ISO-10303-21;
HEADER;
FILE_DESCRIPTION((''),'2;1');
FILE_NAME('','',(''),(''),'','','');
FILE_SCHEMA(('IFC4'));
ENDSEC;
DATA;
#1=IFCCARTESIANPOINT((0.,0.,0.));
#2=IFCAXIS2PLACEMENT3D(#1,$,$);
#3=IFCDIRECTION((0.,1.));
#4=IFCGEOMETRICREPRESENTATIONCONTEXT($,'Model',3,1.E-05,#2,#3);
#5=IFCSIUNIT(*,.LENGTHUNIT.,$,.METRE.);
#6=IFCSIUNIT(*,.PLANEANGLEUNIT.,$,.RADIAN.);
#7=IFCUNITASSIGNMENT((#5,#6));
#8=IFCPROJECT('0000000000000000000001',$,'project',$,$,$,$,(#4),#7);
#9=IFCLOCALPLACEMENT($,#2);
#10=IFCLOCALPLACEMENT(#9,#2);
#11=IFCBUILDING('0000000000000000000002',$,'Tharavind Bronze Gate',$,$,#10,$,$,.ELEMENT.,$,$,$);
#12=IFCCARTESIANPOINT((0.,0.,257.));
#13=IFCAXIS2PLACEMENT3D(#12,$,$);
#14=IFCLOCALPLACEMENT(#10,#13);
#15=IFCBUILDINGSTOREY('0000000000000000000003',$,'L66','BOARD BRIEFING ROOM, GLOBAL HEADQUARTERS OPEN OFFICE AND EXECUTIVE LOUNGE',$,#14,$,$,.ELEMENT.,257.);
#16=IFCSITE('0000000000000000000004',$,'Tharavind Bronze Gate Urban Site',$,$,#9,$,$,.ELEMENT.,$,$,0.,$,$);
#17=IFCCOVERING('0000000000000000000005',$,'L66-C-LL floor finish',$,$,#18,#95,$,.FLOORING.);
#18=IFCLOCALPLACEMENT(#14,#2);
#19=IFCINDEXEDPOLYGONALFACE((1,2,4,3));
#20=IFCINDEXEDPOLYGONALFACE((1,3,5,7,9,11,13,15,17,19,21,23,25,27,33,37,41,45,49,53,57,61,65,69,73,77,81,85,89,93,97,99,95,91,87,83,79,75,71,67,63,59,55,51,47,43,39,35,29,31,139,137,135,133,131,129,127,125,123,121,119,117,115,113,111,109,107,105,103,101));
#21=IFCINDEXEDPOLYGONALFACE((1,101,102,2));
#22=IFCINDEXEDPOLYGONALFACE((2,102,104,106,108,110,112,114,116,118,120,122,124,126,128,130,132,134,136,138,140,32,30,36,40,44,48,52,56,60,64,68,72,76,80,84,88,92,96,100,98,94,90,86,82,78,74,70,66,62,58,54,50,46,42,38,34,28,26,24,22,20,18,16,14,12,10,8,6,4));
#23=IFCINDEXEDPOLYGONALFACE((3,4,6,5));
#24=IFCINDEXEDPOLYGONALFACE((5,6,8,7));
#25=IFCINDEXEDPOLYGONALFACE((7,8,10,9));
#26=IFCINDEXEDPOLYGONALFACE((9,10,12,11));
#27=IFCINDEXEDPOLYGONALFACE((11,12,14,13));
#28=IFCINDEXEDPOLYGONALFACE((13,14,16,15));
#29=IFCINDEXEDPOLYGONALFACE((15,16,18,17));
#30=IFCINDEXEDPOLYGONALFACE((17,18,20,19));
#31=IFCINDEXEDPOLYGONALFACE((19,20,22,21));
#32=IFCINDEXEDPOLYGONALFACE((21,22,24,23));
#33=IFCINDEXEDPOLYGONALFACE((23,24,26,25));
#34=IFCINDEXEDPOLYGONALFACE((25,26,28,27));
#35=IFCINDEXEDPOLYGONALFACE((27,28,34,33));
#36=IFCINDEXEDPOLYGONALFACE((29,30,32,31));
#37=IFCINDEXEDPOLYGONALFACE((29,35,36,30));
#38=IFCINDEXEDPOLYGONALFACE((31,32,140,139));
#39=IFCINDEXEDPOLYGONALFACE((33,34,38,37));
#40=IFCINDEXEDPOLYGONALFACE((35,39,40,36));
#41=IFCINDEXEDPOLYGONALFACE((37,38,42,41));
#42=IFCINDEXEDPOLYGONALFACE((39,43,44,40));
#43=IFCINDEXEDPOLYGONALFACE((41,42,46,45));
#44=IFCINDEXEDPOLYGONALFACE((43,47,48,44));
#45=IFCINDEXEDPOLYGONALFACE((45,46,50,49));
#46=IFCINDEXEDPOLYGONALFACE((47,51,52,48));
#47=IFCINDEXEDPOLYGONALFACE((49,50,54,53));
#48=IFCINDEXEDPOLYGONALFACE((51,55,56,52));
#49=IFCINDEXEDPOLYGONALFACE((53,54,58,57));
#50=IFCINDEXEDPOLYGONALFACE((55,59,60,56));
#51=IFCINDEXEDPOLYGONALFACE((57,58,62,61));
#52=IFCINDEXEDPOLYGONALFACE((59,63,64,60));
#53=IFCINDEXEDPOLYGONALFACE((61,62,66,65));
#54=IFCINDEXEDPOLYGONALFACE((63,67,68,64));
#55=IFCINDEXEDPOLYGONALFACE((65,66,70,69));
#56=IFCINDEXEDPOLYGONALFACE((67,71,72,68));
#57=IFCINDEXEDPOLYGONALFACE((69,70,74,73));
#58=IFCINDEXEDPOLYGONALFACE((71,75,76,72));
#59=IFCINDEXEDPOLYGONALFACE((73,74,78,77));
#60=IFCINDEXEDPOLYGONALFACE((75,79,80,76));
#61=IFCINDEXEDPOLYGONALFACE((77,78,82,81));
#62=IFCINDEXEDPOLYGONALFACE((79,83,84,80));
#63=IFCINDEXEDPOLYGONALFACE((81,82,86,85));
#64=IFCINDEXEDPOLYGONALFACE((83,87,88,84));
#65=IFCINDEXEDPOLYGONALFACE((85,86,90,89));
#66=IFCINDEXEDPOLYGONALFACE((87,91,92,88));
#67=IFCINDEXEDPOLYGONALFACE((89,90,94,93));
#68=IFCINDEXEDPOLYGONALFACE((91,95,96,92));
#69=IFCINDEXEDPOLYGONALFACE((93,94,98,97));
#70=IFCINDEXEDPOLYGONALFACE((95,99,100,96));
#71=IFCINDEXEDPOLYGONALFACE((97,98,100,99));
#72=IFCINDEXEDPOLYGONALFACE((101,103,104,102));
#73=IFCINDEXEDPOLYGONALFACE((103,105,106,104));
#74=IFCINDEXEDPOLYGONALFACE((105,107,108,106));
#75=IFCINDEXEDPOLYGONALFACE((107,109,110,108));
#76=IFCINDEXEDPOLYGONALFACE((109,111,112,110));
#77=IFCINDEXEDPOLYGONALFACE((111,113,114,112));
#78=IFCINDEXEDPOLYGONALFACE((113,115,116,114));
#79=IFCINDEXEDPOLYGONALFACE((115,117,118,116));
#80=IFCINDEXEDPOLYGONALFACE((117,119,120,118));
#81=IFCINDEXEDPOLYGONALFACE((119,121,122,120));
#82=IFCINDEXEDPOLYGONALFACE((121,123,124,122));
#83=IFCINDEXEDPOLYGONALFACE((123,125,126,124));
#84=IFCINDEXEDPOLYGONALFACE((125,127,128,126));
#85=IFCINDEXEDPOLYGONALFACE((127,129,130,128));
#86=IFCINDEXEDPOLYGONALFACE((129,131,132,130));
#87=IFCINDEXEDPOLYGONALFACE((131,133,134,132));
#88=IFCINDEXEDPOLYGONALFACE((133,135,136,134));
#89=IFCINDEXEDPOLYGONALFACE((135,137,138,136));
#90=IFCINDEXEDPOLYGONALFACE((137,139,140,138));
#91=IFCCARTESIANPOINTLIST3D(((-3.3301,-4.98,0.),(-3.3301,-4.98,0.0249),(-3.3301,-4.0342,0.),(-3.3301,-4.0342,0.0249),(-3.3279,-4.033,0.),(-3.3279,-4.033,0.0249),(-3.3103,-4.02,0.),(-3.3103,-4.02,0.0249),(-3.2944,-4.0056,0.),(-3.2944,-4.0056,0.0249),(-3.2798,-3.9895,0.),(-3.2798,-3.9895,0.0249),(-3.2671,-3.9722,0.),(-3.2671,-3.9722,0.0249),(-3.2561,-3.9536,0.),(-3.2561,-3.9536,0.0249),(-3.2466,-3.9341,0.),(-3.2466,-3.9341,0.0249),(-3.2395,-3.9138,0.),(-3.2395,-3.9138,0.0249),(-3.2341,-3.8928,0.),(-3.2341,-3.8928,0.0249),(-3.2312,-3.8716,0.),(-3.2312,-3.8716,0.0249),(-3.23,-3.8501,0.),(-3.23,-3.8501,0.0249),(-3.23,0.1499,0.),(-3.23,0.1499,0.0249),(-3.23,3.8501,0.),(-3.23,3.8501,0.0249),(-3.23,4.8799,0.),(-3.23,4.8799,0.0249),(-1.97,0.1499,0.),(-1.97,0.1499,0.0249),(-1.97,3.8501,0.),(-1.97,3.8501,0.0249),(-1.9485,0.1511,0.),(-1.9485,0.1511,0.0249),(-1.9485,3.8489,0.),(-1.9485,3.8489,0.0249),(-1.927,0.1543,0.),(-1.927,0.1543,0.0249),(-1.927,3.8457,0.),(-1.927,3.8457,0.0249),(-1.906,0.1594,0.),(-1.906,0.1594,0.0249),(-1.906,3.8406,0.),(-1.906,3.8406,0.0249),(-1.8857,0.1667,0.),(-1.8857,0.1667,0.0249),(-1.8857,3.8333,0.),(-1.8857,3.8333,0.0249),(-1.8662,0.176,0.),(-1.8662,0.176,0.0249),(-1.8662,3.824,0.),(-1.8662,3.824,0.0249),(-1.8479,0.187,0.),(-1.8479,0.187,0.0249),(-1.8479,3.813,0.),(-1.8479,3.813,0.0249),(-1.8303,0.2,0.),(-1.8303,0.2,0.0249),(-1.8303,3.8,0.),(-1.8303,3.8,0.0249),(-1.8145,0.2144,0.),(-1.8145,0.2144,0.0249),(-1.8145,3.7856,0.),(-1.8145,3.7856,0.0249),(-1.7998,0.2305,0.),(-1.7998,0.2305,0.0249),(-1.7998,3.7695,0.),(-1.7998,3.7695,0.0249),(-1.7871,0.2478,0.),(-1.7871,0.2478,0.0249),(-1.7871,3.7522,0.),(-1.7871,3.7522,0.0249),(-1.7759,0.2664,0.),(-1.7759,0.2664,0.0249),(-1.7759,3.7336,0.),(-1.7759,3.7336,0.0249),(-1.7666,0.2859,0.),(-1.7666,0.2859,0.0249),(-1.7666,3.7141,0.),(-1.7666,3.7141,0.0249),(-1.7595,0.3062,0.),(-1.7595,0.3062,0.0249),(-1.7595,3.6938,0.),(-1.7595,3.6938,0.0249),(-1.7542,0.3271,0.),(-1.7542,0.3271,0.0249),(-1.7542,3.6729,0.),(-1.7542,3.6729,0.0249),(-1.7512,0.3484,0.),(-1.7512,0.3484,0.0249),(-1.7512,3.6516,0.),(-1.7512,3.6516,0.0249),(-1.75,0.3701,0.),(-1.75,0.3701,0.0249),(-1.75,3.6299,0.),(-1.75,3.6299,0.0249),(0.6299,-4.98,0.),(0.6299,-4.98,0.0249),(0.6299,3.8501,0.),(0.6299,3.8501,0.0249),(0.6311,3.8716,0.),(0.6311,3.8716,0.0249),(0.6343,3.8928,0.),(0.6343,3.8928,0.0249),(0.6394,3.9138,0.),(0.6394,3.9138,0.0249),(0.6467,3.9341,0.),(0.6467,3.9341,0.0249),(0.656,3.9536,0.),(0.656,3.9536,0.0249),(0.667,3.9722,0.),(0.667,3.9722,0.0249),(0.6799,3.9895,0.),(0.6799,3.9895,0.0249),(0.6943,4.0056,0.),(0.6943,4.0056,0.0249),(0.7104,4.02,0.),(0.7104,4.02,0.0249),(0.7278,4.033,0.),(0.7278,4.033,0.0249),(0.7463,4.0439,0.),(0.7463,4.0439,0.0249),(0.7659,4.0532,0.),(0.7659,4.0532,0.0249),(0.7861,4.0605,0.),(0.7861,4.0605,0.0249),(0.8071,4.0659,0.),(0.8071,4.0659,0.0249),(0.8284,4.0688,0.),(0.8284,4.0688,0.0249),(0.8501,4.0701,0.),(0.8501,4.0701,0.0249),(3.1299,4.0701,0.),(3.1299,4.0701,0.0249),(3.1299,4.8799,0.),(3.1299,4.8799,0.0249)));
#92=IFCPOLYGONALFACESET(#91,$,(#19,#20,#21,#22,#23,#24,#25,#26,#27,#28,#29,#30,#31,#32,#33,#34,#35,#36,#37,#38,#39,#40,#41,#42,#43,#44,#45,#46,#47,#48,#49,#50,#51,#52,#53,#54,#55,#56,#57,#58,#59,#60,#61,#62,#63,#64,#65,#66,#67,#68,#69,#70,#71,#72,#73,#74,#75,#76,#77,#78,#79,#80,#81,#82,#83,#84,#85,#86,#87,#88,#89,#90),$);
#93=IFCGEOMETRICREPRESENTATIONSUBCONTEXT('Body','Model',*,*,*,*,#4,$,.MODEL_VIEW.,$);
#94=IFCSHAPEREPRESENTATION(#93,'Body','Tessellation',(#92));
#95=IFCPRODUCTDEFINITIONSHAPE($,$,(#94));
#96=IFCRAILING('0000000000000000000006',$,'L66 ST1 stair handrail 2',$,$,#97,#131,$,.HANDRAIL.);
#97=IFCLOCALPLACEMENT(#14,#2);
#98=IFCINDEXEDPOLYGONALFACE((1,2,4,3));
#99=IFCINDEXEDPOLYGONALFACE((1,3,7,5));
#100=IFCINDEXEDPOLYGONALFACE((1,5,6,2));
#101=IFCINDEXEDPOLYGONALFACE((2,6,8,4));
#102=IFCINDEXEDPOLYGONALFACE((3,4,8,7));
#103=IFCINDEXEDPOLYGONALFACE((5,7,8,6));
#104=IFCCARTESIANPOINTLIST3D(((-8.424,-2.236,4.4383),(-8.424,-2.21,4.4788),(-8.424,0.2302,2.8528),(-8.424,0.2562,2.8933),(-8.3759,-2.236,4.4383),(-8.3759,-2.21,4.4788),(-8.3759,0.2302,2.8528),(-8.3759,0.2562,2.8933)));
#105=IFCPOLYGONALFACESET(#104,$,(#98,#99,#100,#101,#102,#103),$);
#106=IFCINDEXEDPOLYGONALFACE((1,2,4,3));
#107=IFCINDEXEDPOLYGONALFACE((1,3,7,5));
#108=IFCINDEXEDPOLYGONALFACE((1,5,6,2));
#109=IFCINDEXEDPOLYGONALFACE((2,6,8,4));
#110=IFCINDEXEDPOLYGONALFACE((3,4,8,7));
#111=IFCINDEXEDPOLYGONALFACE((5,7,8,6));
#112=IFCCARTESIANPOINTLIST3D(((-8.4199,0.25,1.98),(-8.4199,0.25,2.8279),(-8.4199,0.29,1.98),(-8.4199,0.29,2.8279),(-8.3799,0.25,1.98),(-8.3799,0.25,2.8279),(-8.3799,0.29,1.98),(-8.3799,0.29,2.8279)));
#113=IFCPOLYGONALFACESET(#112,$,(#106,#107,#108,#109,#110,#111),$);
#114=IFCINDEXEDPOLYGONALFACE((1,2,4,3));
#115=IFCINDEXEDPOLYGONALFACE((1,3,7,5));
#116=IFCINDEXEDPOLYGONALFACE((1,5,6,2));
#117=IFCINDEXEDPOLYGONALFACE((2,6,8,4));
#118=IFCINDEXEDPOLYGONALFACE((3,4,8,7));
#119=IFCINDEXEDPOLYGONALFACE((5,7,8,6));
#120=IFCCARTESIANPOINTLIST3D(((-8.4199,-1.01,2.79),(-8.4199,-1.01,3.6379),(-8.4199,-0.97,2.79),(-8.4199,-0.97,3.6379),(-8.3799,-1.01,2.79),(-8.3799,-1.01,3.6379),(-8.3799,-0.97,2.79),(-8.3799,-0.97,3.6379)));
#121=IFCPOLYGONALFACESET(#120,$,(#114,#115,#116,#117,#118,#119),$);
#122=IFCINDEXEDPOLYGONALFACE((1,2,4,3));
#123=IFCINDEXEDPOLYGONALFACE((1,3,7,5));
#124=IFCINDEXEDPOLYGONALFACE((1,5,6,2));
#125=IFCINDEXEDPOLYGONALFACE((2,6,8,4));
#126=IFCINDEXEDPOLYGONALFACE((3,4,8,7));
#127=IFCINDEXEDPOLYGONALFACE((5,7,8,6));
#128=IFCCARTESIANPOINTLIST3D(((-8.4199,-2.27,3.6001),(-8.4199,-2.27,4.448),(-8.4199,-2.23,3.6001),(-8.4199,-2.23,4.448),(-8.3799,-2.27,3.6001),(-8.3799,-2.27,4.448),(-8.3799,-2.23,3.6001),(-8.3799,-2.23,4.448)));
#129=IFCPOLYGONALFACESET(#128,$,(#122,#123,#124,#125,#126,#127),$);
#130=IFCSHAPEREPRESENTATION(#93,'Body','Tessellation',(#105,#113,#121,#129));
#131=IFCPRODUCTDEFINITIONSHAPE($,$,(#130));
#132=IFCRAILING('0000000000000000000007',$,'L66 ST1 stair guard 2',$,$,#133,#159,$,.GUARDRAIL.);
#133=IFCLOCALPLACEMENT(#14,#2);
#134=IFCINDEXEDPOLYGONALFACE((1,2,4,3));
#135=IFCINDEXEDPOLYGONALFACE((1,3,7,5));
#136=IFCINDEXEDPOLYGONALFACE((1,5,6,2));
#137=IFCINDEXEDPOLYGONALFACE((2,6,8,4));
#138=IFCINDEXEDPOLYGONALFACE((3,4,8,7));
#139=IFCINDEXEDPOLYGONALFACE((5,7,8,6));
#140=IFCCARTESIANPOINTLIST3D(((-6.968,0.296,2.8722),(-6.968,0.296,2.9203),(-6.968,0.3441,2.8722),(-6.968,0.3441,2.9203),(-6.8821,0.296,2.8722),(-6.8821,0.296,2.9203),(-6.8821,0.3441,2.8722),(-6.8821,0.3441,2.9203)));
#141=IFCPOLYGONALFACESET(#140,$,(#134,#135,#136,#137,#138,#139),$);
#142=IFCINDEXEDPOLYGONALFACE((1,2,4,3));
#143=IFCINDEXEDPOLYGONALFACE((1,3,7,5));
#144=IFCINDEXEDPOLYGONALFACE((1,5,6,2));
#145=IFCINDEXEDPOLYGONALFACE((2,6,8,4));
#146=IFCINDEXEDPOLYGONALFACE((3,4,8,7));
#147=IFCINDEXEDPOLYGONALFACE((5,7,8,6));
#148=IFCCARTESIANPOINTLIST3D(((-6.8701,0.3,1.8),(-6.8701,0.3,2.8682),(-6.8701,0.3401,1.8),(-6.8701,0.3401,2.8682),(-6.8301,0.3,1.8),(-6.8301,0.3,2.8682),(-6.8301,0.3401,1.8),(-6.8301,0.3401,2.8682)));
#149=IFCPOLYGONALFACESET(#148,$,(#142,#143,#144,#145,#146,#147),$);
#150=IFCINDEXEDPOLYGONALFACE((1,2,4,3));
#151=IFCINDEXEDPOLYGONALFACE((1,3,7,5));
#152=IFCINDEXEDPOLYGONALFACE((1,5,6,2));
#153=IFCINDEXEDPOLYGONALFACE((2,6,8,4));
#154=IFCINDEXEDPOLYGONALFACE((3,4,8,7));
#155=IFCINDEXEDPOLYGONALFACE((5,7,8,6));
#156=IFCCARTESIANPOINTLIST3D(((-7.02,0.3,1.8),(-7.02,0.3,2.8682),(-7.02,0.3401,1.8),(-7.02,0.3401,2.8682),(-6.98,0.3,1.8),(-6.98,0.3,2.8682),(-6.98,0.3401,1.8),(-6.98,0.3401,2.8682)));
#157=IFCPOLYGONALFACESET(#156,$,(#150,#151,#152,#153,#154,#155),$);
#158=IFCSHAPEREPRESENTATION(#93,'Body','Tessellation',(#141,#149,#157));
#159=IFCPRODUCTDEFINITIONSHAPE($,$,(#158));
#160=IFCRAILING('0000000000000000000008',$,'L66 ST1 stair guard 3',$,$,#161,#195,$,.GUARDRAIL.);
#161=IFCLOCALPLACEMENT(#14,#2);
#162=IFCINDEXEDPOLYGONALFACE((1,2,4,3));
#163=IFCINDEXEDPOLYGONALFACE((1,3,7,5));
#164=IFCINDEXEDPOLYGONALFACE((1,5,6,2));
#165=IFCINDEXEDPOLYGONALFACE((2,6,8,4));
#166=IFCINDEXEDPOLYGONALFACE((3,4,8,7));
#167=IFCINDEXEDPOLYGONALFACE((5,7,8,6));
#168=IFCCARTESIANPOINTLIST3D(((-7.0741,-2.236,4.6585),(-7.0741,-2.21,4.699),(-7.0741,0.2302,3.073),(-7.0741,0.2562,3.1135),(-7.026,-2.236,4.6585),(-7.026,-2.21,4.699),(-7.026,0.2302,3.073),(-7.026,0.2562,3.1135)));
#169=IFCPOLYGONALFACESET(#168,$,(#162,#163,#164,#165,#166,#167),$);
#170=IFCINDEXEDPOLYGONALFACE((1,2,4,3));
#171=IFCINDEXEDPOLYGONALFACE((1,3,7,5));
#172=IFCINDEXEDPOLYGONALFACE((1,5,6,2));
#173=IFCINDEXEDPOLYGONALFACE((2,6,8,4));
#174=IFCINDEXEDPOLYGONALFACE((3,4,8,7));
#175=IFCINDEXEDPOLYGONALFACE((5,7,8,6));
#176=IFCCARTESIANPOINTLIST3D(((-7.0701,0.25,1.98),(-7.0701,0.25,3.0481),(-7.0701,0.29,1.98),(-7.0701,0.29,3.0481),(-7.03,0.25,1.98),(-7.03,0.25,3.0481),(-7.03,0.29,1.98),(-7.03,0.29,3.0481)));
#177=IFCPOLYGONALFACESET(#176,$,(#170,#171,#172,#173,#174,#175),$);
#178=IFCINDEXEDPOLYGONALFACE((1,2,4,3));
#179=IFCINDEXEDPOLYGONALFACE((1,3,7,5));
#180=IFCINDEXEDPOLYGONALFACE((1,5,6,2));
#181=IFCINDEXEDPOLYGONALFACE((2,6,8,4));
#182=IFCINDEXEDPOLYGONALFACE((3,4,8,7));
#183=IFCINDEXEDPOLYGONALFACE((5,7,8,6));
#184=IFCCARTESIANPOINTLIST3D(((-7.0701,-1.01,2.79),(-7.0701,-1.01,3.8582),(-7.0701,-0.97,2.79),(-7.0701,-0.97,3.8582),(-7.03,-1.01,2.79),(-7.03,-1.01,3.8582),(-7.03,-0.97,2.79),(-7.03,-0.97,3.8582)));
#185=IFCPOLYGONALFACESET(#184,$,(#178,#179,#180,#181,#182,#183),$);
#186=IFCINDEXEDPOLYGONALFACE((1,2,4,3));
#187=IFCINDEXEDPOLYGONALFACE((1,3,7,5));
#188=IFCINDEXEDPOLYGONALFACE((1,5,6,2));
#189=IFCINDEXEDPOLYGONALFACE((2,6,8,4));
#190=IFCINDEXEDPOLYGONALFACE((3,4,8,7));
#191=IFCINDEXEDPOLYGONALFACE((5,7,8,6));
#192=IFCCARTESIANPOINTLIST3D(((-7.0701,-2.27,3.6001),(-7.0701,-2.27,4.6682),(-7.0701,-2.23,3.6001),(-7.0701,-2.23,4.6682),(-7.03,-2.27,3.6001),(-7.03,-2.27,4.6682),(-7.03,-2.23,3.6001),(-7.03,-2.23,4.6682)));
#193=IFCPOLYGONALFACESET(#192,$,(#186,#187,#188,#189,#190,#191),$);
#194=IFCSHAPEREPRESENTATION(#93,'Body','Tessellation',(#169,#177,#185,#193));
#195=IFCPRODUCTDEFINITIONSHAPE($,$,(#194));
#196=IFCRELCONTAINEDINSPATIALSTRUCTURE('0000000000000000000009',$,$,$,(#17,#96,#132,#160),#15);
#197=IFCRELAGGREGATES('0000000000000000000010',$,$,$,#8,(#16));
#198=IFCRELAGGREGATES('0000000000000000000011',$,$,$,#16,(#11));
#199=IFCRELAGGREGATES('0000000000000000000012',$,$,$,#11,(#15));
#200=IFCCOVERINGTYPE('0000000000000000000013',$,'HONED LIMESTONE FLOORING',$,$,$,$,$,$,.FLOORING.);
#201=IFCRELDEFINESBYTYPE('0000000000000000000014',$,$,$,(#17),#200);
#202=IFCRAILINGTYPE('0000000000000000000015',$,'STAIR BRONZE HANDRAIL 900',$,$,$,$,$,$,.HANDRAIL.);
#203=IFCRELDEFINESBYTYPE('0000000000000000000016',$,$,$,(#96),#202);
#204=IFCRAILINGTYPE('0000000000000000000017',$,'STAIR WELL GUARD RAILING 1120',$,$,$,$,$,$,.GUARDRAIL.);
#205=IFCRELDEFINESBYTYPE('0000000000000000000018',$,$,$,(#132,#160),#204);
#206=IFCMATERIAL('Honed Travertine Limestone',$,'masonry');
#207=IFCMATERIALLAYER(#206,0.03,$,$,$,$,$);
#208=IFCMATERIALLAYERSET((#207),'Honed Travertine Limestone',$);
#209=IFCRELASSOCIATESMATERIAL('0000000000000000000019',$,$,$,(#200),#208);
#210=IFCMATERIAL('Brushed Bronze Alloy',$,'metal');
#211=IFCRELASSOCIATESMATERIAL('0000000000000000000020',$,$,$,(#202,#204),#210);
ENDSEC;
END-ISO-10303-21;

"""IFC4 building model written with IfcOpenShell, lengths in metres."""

from ifc_helpers import new_model, si_unit, direction, frame, origin, origin_2d, place, context, subcontext, project, spatial, polyline, rectangle, outline, extrude, material, layer, layer_set, type_object, element, save


model = new_model("IFC4")

# Units and contexts
model_context = context("Model", 3, precision=1e-05, world=origin(), true_north=direction((0.0, 1.0)))
body_context = subcontext(model_context, "Body", "Model", "MODEL_VIEW")
ifc_project = project(units=[si_unit("LENGTHUNIT", "METRE"), si_unit("PLANEANGLEUNIT", "RADIAN")], contexts=[model_context])

# Site, building, storey
site_placement = place(None, origin())
site = spatial("IfcSite", under=ifc_project, at=site_placement, Name="Tharavind Bronze Gate Urban Site", CompositionType="ELEMENT", RefElevation=0.0)
building_placement = place(site_placement, origin())
building = spatial("IfcBuilding", under=site, at=building_placement, Name="Tharavind Bronze Gate", CompositionType="ELEMENT")
storey_placement = place(building_placement, frame((0.0, 0.0, 257.0)))
storey = spatial("IfcBuildingStorey", under=building, at=storey_placement, Name="L66", Description="BOARD BRIEFING ROOM, GLOBAL HEADQUARTERS OPEN OFFICE AND EXECUTIVE LOUNGE", CompositionType="ELEMENT", Elevation=257.0)

# Covering
ifc_material_1 = material(Name="Honed Travertine Limestone", Category="masonry")
ifc_layer_1 = layer(ifc_material_1, 0.03)
ifc_layer_set_1 = layer_set([ifc_layer_1], Name="Honed Travertine Limestone")
covering_type_1 = type_object("IfcCoveringType", Name="HONED LIMESTONE FLOORING", PredefinedType="FLOORING", material=ifc_layer_set_1)
covering_1_placement = place(storey_placement, origin())
element("IfcCovering", 1, at=covering_1_placement, inside=storey, type_object=covering_type_1, Name="L66-C-LL floor finish", PredefinedType="FLOORING", context=body_context, shape_type="SweptSolid", body=[
    extrude(outline(polyline([(-3.3301, -4.98), (0.6299, -4.98), (0.6299, 3.8501), (0.6311, 3.8716), (0.6343, 3.8928), (0.6394, 3.9138), (0.6467, 3.9341), (0.656, 3.9536), (0.667, 3.9722), (0.6799, 3.9895), (0.6943, 4.0056), (0.7104, 4.02), (0.7278, 4.033), (0.7463, 4.0439), (0.7659, 4.0532), (0.7861, 4.0605), (0.8071, 4.0659), (0.8284, 4.0688), (0.8501, 4.0701), (3.1299, 4.0701), (3.1299, 4.8799), (-3.23, 4.8799), (-3.23, 3.8501), (-1.97, 3.8501), (-1.9485, 3.8489), (-1.927, 3.8457), (-1.906, 3.8406), (-1.8857, 3.8333), (-1.8662, 3.824), (-1.8479, 3.813), (-1.8303, 3.8), (-1.8145, 3.7856), (-1.7998, 3.7695), (-1.7871, 3.7522), (-1.7759, 3.7336), (-1.7666, 3.7141), (-1.7595, 3.6938), (-1.7542, 3.6729), (-1.7512, 3.6516), (-1.75, 3.6299), (-1.75, 0.3701), (-1.7512, 0.3484), (-1.7542, 0.3271), (-1.7595, 0.3062), (-1.7666, 0.2859), (-1.7759, 0.2664), (-1.7871, 0.2478), (-1.7998, 0.2305), (-1.8145, 0.2144), (-1.8303, 0.2), (-1.8479, 0.187), (-1.8662, 0.176), (-1.8857, 0.1667), (-1.906, 0.1594), (-1.927, 0.1543), (-1.9485, 0.1511), (-1.97, 0.1499), (-3.23, 0.1499), (-3.23, -3.8501), (-3.2312, -3.8716), (-3.2341, -3.8928), (-3.2395, -3.9138), (-3.2466, -3.9341), (-3.2561, -3.9536), (-3.2671, -3.9722), (-3.2798, -3.9895), (-3.2944, -4.0056), (-3.3103, -4.02), (-3.3279, -4.033), (-3.3301, -4.0342), (-3.3301, -4.98)])), origin(), (0.0, 0.0, 1.0), 0.0249),
])

# Railings
ifc_material_2 = material(Name="Brushed Bronze Alloy", Category="metal")
railing_type_1 = type_object("IfcRailingType", Name="STAIR BRONZE HANDRAIL 900", PredefinedType="HANDRAIL", material=ifc_material_2)
railing_1_placement = place(storey_placement, frame((-8.3999, 0.27, 1.98)))
element("IfcRailing", 2, at=railing_1_placement, inside=storey, type_object=railing_type_1, Name="L66 ST1 stair handrail 2", PredefinedType="HANDRAIL", context=body_context, shape_type="SweptSolid", body=[
    extrude(rectangle(XDim=0.0481, YDim=0.0481, at=origin_2d()), frame((0.0, -0.0269, 0.8931), z_axis=(0.0, -0.841163, 0.540782), x_axis=(1.0, 0.0, 0.0)), (0.0, 0.0, 1.0), 2.9319),
    extrude(rectangle(XDim=0.04, YDim=0.04, at=origin_2d()), origin(), (0.0, 0.0, 1.0), 0.8479),
    extrude(rectangle(XDim=0.04, YDim=0.04, at=origin_2d()), frame((0.0, -1.26, 0.8101)), (0.0, 0.0, 1.0), 0.8479),
    extrude(rectangle(XDim=0.04, YDim=0.04, at=origin_2d()), frame((0.0, -2.52, 1.6201)), (0.0, 0.0, 1.0), 0.8479),
])
railing_type_2 = type_object("IfcRailingType", Name="STAIR WELL GUARD RAILING 1120", PredefinedType="GUARDRAIL", material=ifc_material_2)
railing_2_placement = place(storey_placement, frame((-6.8501, 0.3201, 1.8)))
element("IfcRailing", 3, at=railing_2_placement, inside=storey, type_object=railing_type_2, Name="L66 ST1 stair guard 2", PredefinedType="GUARDRAIL", context=body_context, shape_type="SweptSolid", body=[
    extrude(rectangle(XDim=0.0481, YDim=0.0481, at=origin_2d()), frame((-0.032, 0.0, 1.0962), z_axis=(-1.0, 0.0, 0.0), x_axis=(0.0, -1.0, 0.0)), (0.0, 0.0, 1.0), 0.0859),
    extrude(rectangle(XDim=0.04, YDim=0.04, at=origin_2d()), origin(), (0.0, 0.0, 1.0), 1.0681),
    extrude(rectangle(XDim=0.04, YDim=0.04, at=origin_2d()), frame((-0.1499, 0.0, 0.0)), (0.0, 0.0, 1.0), 1.0681),
])
railing_3_placement = place(storey_placement, frame((-7.05, 0.27, 1.98)))
element("IfcRailing", 4, at=railing_3_placement, inside=storey, type_object=railing_type_2, Name="L66 ST1 stair guard 3", PredefinedType="GUARDRAIL", context=body_context, shape_type="SweptSolid", body=[
    extrude(rectangle(XDim=0.0481, YDim=0.0481, at=origin_2d()), frame((0.0, -0.0269, 1.1133), z_axis=(0.0, -0.841163, 0.540782), x_axis=(1.0, 0.0, 0.0)), (0.0, 0.0, 1.0), 2.9319),
    extrude(rectangle(XDim=0.04, YDim=0.04, at=origin_2d()), origin(), (0.0, 0.0, 1.0), 1.0681),
    extrude(rectangle(XDim=0.04, YDim=0.04, at=origin_2d()), frame((0.0, -1.26, 0.8101)), (0.0, 0.0, 1.0), 1.0681),
    extrude(rectangle(XDim=0.04, YDim=0.04, at=origin_2d()), frame((0.0, -2.52, 1.6201)), (0.0, 0.0, 1.0), 1.0681),
])

save(model, "model.ifc")
